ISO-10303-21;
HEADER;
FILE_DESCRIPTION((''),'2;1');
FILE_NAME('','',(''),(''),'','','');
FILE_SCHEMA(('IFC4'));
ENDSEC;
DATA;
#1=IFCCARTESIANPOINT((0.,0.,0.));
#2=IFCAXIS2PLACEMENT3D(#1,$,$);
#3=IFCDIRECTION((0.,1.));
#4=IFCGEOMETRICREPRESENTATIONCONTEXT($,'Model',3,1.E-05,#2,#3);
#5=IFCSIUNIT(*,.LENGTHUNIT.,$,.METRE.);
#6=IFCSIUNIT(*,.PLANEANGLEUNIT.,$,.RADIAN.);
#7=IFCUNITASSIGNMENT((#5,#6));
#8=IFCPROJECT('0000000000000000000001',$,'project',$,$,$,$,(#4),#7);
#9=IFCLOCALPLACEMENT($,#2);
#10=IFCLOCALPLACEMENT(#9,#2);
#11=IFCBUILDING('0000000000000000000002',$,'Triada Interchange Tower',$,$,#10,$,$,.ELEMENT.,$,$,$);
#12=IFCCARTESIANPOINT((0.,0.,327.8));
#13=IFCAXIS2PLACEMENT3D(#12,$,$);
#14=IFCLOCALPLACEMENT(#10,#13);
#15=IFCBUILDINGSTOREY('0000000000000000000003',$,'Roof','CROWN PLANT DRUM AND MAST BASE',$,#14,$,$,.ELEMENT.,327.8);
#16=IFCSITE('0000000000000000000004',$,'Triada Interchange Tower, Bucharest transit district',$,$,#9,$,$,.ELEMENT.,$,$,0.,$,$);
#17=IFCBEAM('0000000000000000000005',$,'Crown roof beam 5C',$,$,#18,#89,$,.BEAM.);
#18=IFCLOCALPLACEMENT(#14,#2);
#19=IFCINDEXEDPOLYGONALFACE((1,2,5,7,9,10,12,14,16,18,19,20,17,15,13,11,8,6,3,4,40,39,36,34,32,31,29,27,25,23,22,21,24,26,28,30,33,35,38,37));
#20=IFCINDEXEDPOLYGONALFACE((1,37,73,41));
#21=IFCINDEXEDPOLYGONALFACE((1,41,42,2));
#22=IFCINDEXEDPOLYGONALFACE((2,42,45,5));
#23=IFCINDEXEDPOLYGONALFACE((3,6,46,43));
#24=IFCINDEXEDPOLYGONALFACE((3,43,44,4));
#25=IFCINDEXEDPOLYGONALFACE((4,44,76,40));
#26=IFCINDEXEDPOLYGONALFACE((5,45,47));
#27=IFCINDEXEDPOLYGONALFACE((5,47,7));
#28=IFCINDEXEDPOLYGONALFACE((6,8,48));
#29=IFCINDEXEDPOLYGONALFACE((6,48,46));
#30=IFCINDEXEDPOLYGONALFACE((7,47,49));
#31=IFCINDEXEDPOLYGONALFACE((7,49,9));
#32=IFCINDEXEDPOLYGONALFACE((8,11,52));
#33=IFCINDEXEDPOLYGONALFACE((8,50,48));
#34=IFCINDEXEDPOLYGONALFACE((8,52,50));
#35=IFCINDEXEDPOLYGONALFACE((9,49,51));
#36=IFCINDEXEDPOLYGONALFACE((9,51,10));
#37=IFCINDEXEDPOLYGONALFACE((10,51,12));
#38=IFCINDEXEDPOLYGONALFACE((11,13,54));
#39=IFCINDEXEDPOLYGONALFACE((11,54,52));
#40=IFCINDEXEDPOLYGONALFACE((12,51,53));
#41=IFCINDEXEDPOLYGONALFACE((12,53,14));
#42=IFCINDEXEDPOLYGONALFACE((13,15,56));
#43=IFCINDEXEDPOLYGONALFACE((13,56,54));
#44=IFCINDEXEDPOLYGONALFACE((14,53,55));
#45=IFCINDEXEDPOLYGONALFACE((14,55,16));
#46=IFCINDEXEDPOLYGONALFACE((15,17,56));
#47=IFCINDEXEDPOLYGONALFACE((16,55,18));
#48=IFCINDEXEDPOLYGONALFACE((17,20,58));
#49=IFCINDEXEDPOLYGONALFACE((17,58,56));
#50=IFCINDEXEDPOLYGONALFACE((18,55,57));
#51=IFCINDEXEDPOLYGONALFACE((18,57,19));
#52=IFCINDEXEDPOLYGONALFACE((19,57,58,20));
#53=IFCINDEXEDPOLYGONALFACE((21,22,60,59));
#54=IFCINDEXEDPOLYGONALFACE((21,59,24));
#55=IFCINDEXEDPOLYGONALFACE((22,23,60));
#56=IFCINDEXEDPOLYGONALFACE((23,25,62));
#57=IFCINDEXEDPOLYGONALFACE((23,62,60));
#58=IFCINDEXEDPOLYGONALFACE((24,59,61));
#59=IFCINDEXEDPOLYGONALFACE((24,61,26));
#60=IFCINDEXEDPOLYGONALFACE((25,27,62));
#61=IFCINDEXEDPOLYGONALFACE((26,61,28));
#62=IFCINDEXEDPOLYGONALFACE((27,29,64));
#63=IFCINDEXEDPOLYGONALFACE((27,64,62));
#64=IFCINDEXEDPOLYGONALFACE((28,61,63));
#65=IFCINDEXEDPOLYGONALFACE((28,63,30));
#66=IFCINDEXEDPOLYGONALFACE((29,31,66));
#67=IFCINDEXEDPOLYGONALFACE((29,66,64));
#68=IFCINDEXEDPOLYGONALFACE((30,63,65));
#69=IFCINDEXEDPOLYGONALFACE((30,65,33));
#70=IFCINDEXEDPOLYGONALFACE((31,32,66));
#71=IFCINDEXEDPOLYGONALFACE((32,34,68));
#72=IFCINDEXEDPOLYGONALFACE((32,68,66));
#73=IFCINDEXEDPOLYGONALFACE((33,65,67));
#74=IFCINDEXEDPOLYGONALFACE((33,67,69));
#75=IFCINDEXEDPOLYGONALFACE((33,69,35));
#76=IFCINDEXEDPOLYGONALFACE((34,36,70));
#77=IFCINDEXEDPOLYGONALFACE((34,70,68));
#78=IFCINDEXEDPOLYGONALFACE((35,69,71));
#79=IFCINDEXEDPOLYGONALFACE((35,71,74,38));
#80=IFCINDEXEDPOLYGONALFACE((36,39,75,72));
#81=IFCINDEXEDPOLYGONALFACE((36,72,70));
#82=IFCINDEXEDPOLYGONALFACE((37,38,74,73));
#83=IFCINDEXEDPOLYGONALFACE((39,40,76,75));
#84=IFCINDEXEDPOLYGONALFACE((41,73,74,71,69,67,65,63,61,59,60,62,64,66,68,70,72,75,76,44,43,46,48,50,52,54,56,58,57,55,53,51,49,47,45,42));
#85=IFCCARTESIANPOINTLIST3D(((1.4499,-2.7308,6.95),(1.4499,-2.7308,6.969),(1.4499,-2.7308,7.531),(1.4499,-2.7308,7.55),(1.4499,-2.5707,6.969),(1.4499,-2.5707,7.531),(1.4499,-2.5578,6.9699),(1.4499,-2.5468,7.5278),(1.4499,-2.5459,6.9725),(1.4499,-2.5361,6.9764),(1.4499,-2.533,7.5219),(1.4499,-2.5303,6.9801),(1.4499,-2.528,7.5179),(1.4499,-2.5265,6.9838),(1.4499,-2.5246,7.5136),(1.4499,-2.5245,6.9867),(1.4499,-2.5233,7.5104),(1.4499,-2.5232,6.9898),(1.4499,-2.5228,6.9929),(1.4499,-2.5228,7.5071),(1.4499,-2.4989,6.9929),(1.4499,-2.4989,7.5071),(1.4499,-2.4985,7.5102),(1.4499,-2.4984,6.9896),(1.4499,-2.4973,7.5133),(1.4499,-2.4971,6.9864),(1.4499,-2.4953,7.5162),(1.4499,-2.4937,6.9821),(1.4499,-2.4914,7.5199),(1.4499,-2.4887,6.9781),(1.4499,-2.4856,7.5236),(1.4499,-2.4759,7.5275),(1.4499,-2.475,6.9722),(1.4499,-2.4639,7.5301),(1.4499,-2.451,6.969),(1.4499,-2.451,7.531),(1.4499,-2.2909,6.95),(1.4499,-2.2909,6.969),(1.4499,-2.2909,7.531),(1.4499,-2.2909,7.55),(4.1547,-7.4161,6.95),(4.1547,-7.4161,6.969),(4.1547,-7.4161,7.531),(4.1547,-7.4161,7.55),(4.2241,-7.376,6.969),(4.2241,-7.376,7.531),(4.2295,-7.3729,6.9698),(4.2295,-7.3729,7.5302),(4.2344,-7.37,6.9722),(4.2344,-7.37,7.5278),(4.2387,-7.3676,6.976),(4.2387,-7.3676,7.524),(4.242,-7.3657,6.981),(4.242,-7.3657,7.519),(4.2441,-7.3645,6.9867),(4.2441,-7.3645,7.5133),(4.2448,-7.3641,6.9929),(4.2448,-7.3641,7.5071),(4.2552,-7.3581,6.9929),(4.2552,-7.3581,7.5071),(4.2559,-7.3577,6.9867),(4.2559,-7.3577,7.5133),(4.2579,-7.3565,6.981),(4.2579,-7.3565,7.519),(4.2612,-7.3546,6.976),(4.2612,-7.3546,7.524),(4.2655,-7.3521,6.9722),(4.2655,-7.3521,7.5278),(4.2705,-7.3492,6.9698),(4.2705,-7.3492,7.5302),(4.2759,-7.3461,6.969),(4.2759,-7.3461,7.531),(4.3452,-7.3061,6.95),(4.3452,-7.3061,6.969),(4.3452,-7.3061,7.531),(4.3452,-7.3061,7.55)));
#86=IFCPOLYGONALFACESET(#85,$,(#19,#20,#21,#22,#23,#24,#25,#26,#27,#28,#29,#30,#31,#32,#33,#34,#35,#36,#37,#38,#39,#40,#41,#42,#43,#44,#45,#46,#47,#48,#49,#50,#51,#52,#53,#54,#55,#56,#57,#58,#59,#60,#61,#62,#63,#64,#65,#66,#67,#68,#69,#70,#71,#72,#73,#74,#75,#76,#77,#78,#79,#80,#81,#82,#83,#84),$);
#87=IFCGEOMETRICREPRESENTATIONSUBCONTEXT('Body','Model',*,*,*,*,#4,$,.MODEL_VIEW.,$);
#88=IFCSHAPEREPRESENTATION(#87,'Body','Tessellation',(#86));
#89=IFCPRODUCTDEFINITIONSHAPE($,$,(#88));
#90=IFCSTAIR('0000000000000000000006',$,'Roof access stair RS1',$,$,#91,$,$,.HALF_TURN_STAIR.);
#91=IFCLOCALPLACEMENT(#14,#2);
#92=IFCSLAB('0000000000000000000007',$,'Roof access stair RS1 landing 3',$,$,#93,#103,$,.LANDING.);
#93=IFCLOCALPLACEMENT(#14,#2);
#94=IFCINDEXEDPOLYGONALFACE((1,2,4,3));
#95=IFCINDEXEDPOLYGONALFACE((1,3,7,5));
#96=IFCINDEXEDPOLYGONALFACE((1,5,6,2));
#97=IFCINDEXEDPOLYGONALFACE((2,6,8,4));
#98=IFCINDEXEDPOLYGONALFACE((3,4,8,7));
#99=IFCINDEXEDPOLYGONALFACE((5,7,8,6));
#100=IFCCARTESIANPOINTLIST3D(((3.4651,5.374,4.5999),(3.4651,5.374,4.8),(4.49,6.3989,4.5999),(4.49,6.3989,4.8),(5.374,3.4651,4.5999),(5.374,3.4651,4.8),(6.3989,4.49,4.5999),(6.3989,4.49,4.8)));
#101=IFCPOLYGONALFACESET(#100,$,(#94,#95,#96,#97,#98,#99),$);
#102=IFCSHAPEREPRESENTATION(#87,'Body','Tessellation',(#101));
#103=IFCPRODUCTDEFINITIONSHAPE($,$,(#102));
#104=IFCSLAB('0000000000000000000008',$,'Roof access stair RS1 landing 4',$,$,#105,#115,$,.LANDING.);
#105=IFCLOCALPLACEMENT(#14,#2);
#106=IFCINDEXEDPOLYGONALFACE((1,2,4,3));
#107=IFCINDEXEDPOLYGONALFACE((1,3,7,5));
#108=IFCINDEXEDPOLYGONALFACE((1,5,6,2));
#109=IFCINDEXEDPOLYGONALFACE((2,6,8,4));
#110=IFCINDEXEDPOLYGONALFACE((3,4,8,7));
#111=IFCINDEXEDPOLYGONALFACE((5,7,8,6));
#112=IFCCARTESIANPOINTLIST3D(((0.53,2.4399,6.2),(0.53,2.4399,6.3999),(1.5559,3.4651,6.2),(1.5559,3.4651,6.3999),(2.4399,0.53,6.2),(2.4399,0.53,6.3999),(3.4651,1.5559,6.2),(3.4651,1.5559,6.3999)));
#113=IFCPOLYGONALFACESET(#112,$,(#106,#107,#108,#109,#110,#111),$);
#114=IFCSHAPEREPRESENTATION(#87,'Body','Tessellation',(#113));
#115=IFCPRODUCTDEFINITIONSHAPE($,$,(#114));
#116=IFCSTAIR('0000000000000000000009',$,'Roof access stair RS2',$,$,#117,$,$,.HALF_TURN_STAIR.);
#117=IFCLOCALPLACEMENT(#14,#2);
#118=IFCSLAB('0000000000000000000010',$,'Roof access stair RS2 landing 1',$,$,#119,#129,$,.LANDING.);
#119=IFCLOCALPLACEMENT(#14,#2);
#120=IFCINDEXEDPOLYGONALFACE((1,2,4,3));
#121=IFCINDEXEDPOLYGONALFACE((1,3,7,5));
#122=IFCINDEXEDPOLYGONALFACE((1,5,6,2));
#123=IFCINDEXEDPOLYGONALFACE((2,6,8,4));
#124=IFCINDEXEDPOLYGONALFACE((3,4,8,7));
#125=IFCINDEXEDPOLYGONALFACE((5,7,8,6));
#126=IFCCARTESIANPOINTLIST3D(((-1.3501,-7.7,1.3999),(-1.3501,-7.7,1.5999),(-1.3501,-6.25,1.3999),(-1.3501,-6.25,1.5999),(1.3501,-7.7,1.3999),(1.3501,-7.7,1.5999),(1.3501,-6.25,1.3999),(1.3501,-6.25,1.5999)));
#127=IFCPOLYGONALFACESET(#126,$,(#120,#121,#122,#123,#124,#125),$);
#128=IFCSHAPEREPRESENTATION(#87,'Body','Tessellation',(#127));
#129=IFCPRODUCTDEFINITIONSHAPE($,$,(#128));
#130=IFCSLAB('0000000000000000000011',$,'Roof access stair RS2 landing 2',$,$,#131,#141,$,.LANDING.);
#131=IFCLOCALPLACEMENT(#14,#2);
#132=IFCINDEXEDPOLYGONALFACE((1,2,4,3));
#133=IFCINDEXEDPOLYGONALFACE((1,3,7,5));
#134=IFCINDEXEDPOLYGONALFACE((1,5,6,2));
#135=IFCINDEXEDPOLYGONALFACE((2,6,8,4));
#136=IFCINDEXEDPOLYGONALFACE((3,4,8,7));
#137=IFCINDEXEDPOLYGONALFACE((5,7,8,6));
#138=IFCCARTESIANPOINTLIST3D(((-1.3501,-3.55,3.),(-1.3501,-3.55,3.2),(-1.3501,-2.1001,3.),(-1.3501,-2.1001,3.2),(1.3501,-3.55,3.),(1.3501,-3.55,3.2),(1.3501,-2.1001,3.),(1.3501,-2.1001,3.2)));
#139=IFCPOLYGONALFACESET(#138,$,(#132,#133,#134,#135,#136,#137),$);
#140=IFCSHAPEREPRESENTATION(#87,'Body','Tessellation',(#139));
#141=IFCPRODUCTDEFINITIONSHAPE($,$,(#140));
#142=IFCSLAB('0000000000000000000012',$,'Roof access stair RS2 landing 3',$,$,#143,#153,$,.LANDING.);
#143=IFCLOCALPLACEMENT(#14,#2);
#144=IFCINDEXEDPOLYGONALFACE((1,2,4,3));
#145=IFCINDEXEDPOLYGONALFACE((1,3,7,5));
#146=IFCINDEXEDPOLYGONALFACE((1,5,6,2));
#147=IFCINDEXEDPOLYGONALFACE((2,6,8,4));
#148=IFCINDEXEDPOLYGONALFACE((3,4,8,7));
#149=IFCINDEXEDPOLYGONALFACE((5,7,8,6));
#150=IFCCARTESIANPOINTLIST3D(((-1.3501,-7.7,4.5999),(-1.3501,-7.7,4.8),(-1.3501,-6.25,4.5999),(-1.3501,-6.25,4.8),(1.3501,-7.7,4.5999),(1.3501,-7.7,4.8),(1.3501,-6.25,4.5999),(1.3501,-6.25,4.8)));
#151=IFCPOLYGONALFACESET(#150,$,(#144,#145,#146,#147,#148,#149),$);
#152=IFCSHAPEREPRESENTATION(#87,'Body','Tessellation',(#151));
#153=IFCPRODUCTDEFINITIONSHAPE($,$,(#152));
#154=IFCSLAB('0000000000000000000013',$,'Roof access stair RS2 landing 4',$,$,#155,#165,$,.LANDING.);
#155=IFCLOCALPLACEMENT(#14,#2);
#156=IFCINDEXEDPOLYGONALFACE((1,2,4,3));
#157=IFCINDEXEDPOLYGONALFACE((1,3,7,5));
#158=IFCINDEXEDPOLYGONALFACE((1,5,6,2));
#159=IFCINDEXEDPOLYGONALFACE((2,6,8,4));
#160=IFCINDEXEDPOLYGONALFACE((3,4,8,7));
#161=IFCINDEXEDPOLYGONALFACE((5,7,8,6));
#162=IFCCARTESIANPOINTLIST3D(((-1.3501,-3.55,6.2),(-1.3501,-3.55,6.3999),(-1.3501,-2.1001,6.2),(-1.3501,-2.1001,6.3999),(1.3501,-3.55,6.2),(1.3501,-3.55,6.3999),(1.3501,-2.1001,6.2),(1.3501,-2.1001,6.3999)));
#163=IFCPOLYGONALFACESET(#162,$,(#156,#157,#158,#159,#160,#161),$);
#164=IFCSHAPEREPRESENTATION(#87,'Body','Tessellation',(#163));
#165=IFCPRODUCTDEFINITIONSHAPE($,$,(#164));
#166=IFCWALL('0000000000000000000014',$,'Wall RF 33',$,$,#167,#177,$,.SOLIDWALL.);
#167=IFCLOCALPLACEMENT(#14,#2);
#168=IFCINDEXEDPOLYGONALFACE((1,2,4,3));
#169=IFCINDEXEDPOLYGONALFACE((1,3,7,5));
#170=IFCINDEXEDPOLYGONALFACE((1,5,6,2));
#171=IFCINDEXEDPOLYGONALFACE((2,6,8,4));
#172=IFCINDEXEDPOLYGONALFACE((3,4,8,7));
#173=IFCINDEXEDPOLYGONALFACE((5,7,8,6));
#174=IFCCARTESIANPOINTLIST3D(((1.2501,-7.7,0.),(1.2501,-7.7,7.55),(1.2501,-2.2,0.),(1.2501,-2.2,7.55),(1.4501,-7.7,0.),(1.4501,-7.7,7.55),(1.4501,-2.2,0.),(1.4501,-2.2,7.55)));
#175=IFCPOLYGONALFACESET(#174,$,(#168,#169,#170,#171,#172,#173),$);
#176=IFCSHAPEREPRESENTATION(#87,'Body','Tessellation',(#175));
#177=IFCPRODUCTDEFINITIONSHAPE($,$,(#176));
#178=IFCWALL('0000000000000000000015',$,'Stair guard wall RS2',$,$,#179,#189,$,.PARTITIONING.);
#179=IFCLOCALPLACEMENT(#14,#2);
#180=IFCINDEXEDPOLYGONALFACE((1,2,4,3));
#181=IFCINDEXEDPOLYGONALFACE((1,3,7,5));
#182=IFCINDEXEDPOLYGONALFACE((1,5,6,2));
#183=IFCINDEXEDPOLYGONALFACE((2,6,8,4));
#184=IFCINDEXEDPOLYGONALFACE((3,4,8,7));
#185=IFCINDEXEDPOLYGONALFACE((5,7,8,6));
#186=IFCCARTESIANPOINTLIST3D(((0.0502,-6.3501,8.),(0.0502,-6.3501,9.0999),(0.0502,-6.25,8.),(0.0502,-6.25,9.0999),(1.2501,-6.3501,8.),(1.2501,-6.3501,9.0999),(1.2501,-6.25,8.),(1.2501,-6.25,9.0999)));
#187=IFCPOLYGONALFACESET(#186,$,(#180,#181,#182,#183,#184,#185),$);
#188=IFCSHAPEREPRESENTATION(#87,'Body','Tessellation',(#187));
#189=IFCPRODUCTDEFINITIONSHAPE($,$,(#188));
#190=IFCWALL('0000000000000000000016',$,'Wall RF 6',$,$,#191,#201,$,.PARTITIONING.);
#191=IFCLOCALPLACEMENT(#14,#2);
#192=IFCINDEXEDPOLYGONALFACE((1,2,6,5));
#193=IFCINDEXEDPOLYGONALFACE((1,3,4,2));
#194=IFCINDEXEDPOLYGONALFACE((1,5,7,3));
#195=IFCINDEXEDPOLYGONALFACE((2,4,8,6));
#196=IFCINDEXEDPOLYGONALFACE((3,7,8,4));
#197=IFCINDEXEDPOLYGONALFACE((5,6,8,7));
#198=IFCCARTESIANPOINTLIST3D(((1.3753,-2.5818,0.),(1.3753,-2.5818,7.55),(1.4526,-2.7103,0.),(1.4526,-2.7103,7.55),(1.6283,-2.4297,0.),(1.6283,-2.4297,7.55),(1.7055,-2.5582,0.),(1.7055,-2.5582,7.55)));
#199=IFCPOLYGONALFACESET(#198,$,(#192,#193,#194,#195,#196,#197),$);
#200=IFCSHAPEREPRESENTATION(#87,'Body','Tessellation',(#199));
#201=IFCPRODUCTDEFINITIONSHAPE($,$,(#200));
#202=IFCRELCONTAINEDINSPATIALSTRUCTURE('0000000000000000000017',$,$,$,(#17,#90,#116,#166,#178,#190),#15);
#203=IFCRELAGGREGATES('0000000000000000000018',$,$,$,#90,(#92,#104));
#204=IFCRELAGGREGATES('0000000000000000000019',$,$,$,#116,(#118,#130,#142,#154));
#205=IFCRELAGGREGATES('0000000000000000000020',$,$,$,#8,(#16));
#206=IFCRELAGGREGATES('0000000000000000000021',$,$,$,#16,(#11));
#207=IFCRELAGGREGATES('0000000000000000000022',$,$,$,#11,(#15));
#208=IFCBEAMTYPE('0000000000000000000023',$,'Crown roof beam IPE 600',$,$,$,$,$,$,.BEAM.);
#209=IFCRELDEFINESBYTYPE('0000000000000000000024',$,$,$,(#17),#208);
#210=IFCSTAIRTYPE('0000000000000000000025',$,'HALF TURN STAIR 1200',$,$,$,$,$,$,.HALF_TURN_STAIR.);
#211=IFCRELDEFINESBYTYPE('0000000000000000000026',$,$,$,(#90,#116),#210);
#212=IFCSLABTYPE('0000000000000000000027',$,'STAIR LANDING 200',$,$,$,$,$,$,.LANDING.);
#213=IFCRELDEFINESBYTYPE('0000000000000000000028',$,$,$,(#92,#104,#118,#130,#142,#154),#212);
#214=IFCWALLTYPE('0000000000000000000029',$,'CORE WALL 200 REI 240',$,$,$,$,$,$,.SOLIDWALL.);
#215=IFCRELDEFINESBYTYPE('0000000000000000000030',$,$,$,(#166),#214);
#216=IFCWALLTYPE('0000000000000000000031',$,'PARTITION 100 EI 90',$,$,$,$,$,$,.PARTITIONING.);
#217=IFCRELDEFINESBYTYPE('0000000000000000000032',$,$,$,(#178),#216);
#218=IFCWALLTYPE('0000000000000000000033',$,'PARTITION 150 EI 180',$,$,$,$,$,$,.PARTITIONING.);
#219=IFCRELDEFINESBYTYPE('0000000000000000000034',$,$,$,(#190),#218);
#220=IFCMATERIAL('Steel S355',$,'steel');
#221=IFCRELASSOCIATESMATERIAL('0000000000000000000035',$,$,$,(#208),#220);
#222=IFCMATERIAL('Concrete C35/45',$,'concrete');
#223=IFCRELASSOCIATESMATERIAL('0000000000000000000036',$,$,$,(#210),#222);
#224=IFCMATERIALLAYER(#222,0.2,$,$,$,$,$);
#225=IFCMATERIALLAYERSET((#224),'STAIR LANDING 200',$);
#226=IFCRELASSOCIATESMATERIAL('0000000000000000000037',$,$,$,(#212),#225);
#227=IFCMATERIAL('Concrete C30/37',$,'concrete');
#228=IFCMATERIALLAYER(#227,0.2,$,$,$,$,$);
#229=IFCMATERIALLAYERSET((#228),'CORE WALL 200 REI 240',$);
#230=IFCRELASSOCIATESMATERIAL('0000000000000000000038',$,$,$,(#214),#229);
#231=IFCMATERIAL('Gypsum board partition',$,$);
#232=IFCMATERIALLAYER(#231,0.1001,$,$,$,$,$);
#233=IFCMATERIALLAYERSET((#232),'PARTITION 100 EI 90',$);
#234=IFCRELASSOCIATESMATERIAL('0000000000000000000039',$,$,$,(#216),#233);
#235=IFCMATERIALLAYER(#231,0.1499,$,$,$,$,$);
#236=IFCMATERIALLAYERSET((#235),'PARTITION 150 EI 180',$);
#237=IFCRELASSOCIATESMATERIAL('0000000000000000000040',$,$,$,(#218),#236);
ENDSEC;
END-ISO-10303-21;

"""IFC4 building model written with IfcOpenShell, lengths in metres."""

from ifc_helpers import new_model, si_unit, direction, frame, frame_2d, origin, origin_2d, place, context, subcontext, project, spatial, polyline, rectangle, i_section, outline, extrude, clip, halfspace, material, layer, layer_set, material_profile, profile_set, type_object, element, aggregate, save


model = new_model("IFC4")

# Units and contexts
model_context = context("Model", 3, precision=1e-05, world=origin(), true_north=direction((0.0, 1.0)))
body_context = subcontext(model_context, "Body", "Model", "MODEL_VIEW")
ifc_project = project(units=[si_unit("LENGTHUNIT", "METRE"), si_unit("PLANEANGLEUNIT", "RADIAN")], contexts=[model_context])

# Site, building, storey
site_placement = place(None, origin())
site = spatial("IfcSite", under=ifc_project, at=site_placement, Name="Triada Interchange Tower, Bucharest transit district", CompositionType="ELEMENT", RefElevation=0.0)
building_placement = place(site_placement, origin())
building = spatial("IfcBuilding", under=site, at=building_placement, Name="Triada Interchange Tower", CompositionType="ELEMENT")
storey_placement = place(building_placement, frame((0.0, 0.0, 327.8)))
storey = spatial("IfcBuildingStorey", under=building, at=storey_placement, Name="Roof", Description="CROWN PLANT DRUM AND MAST BASE", CompositionType="ELEMENT", Elevation=327.8)

# Beam
ifc_material_1 = material(Name="Steel S355", Category="steel")
ifc_material_profile_1 = material_profile(ifc_material_1, i_section(OverallWidth=0.22, OverallDepth=0.6001, WebThickness=0.012, FlangeThickness=0.019, FilletRadius=0.0239, at=origin_2d()), Name="IPE 600")
ifc_profile_set_1 = profile_set([ifc_material_profile_1], Name="Steel S355")
beam_type_1 = type_object("IfcBeamType", Name="Crown roof beam IPE 600", PredefinedType="BEAM", material=ifc_profile_set_1)
beam_1_placement = place(storey_placement, frame((0.7, -1.2119, 7.25), z_axis=(0.499981, -0.866036, 0.0), x_axis=(0.866036, 0.499981, 0.0)))
element("IfcBeam", 1, at=beam_1_placement, inside=storey, type_object=beam_type_1, Name="Crown roof beam 5C", PredefinedType="BEAM", context=body_context, shape_type="Clipping", body=[
    clip(extrude(i_section(OverallWidth=0.22, OverallDepth=0.6001, WebThickness=0.012, FlangeThickness=0.019, FilletRadius=0.0239, at=origin_2d()), origin(), (0.0, 0.0, 1.0), 7.1003), halfspace(frame((-2.6445, -335.05, 6.0806), z_axis=(-0.866036, 0.0, -0.499981), x_axis=(0.0, 1.0, 0.0)), False)),
])

# Stairs, slabs
ifc_material_2 = material(Name="Concrete C35/45", Category="concrete")
stair_type = type_object("IfcStairType", Name="HALF TURN STAIR 1200", PredefinedType="HALF_TURN_STAIR", material=ifc_material_2)
stair_1_placement = place(storey_placement, origin())
stair_1 = element("IfcStair", 2, at=stair_1_placement, inside=storey, type_object=stair_type, Name="Roof access stair RS1", PredefinedType="HALF_TURN_STAIR")
ifc_layer_1 = layer(ifc_material_2, 0.2)
ifc_layer_set_1 = layer_set([ifc_layer_1], Name="STAIR LANDING 200")
slab_type = type_object("IfcSlabType", Name="STAIR LANDING 200", PredefinedType="LANDING", material=ifc_layer_set_1)
slab_1_placement = place(storey_placement, frame((0.0, 0.0, 4.5999)))
slab_1 = element("IfcSlab", 3, at=slab_1_placement, type_object=slab_type, Name="Roof access stair RS1 landing 3", PredefinedType="LANDING", context=body_context, shape_type="SweptSolid", body=[
    extrude(outline(polyline([(5.374, 3.4651), (6.3989, 4.49), (4.49, 6.3989), (3.4651, 5.374), (5.374, 3.4651)])), origin(), (0.0, 0.0, 1.0), 0.2002),
])
slab_2_placement = place(storey_placement, frame((0.0, 0.0, 6.2)))
slab_2 = element("IfcSlab", 4, at=slab_2_placement, type_object=slab_type, Name="Roof access stair RS1 landing 4", PredefinedType="LANDING", context=body_context, shape_type="SweptSolid", body=[
    extrude(outline(polyline([(2.4399, 0.53), (3.4651, 1.5559), (1.5559, 3.4651), (0.53, 2.4399), (2.4399, 0.53)])), origin(), (0.0, 0.0, 1.0), 0.2),
])
aggregate(stair_1, [slab_1, slab_2])
stair_2_placement = place(storey_placement, origin())
stair_2 = element("IfcStair", 5, at=stair_2_placement, inside=storey, type_object=stair_type, Name="Roof access stair RS2", PredefinedType="HALF_TURN_STAIR")
slab_3_placement = place(storey_placement, frame((0.0, 0.0, 1.3999)))
slab_3 = element("IfcSlab", 6, at=slab_3_placement, type_object=slab_type, Name="Roof access stair RS2 landing 1", PredefinedType="LANDING", context=body_context, shape_type="SweptSolid", body=[
    extrude(outline(polyline([(-1.3501, -6.25), (-1.3501, -7.7), (1.3501, -7.7), (1.3501, -6.25), (-1.3501, -6.25)])), origin(), (0.0, 0.0, 1.0), 0.2),
])
slab_4_placement = place(storey_placement, frame((0.0, 0.0, 3.0)))
slab_4 = element("IfcSlab", 7, at=slab_4_placement, type_object=slab_type, Name="Roof access stair RS2 landing 2", PredefinedType="LANDING", context=body_context, shape_type="SweptSolid", body=[
    extrude(outline(polyline([(-1.3501, -2.1001), (-1.3501, -3.55), (1.3501, -3.55), (1.3501, -2.1001), (-1.3501, -2.1001)])), origin(), (0.0, 0.0, 1.0), 0.2),
])
slab_5_placement = place(storey_placement, frame((0.0, 0.0, 4.5999)))
slab_5 = element("IfcSlab", 8, at=slab_5_placement, type_object=slab_type, Name="Roof access stair RS2 landing 3", PredefinedType="LANDING", context=body_context, shape_type="SweptSolid", body=[
    extrude(outline(polyline([(-1.3501, -6.25), (-1.3501, -7.7), (1.3501, -7.7), (1.3501, -6.25), (-1.3501, -6.25)])), origin(), (0.0, 0.0, 1.0), 0.2002),
])
slab_6_placement = place(storey_placement, frame((0.0, 0.0, 6.2)))
slab_6 = element("IfcSlab", 9, at=slab_6_placement, type_object=slab_type, Name="Roof access stair RS2 landing 4", PredefinedType="LANDING", context=body_context, shape_type="SweptSolid", body=[
    extrude(outline(polyline([(-1.3501, -2.1001), (-1.3501, -3.55), (1.3501, -3.55), (1.3501, -2.1001), (-1.3501, -2.1001)])), origin(), (0.0, 0.0, 1.0), 0.2),
])

# Walls
ifc_material_3 = material(Name="Concrete C30/37", Category="concrete")
ifc_layer_2 = layer(ifc_material_3, 0.2)
ifc_layer_set_2 = layer_set([ifc_layer_2], Name="CORE WALL 200 REI 240")
wall_type_1 = type_object("IfcWallType", Name="CORE WALL 200 REI 240", PredefinedType="SOLIDWALL", material=ifc_layer_set_2)
wall_1_placement = place(storey_placement, frame((1.3501, -7.7, 0.0), z_axis=(0.0, 0.0, 1.0), x_axis=(0.0, 1.0, 0.0)))
element("IfcWall", 10, at=wall_1_placement, inside=storey, type_object=wall_type_1, Name="Wall RF 33", PredefinedType="SOLIDWALL", context=body_context, shape_type="SweptSolid", body=[
    extrude(rectangle(XDim=5.5, YDim=0.2, at=frame_2d((2.75, 0.0))), origin(), (0.0, 0.0, 1.0), 7.55),
])
ifc_material_4 = material(Name="Gypsum board partition")
ifc_layer_3 = layer(ifc_material_4, 0.1001)
ifc_layer_set_3 = layer_set([ifc_layer_3], Name="PARTITION 100 EI 90")
wall_type_2 = type_object("IfcWallType", Name="PARTITION 100 EI 90", PredefinedType="PARTITIONING", material=ifc_layer_set_3)
wall_2_placement = place(storey_placement, frame((0.05, -6.3, 8.0), z_axis=(0.0, 0.0, 1.0), x_axis=(1.0, 0.0, 0.0)))
element("IfcWall", 11, at=wall_2_placement, inside=storey, type_object=wall_type_2, Name="Stair guard wall RS2", PredefinedType="PARTITIONING", context=body_context, shape_type="SweptSolid", body=[
    extrude(rectangle(XDim=1.2, YDim=0.1001, at=frame_2d((0.6001, 0.0))), origin(), (0.0, 0.0, 1.0), 1.0999),
])
ifc_layer_4 = layer(ifc_material_4, 0.1499)
ifc_layer_set_4 = layer_set([ifc_layer_4], Name="PARTITION 150 EI 180")
wall_type_3 = type_object("IfcWallType", Name="PARTITION 150 EI 180", PredefinedType="PARTITIONING", material=ifc_layer_set_4)
wall_3_placement = place(storey_placement, frame((1.4141, -2.646, 0.0), z_axis=(0.0, 0.0, 1.0), x_axis=(0.856982, 0.515347, 0.0)))
element("IfcWall", 12, at=wall_3_placement, inside=storey, type_object=wall_type_3, Name="Wall RF 6", PredefinedType="PARTITIONING", context=body_context, shape_type="SweptSolid", body=[
    extrude(rectangle(XDim=0.2952, YDim=0.1499, at=frame_2d((0.1475, 0.0))), origin(), (0.0, 0.0, 1.0), 7.55),
])

aggregate(stair_2, [slab_3, slab_4, slab_5, slab_6])

save(model, "model.ifc")
